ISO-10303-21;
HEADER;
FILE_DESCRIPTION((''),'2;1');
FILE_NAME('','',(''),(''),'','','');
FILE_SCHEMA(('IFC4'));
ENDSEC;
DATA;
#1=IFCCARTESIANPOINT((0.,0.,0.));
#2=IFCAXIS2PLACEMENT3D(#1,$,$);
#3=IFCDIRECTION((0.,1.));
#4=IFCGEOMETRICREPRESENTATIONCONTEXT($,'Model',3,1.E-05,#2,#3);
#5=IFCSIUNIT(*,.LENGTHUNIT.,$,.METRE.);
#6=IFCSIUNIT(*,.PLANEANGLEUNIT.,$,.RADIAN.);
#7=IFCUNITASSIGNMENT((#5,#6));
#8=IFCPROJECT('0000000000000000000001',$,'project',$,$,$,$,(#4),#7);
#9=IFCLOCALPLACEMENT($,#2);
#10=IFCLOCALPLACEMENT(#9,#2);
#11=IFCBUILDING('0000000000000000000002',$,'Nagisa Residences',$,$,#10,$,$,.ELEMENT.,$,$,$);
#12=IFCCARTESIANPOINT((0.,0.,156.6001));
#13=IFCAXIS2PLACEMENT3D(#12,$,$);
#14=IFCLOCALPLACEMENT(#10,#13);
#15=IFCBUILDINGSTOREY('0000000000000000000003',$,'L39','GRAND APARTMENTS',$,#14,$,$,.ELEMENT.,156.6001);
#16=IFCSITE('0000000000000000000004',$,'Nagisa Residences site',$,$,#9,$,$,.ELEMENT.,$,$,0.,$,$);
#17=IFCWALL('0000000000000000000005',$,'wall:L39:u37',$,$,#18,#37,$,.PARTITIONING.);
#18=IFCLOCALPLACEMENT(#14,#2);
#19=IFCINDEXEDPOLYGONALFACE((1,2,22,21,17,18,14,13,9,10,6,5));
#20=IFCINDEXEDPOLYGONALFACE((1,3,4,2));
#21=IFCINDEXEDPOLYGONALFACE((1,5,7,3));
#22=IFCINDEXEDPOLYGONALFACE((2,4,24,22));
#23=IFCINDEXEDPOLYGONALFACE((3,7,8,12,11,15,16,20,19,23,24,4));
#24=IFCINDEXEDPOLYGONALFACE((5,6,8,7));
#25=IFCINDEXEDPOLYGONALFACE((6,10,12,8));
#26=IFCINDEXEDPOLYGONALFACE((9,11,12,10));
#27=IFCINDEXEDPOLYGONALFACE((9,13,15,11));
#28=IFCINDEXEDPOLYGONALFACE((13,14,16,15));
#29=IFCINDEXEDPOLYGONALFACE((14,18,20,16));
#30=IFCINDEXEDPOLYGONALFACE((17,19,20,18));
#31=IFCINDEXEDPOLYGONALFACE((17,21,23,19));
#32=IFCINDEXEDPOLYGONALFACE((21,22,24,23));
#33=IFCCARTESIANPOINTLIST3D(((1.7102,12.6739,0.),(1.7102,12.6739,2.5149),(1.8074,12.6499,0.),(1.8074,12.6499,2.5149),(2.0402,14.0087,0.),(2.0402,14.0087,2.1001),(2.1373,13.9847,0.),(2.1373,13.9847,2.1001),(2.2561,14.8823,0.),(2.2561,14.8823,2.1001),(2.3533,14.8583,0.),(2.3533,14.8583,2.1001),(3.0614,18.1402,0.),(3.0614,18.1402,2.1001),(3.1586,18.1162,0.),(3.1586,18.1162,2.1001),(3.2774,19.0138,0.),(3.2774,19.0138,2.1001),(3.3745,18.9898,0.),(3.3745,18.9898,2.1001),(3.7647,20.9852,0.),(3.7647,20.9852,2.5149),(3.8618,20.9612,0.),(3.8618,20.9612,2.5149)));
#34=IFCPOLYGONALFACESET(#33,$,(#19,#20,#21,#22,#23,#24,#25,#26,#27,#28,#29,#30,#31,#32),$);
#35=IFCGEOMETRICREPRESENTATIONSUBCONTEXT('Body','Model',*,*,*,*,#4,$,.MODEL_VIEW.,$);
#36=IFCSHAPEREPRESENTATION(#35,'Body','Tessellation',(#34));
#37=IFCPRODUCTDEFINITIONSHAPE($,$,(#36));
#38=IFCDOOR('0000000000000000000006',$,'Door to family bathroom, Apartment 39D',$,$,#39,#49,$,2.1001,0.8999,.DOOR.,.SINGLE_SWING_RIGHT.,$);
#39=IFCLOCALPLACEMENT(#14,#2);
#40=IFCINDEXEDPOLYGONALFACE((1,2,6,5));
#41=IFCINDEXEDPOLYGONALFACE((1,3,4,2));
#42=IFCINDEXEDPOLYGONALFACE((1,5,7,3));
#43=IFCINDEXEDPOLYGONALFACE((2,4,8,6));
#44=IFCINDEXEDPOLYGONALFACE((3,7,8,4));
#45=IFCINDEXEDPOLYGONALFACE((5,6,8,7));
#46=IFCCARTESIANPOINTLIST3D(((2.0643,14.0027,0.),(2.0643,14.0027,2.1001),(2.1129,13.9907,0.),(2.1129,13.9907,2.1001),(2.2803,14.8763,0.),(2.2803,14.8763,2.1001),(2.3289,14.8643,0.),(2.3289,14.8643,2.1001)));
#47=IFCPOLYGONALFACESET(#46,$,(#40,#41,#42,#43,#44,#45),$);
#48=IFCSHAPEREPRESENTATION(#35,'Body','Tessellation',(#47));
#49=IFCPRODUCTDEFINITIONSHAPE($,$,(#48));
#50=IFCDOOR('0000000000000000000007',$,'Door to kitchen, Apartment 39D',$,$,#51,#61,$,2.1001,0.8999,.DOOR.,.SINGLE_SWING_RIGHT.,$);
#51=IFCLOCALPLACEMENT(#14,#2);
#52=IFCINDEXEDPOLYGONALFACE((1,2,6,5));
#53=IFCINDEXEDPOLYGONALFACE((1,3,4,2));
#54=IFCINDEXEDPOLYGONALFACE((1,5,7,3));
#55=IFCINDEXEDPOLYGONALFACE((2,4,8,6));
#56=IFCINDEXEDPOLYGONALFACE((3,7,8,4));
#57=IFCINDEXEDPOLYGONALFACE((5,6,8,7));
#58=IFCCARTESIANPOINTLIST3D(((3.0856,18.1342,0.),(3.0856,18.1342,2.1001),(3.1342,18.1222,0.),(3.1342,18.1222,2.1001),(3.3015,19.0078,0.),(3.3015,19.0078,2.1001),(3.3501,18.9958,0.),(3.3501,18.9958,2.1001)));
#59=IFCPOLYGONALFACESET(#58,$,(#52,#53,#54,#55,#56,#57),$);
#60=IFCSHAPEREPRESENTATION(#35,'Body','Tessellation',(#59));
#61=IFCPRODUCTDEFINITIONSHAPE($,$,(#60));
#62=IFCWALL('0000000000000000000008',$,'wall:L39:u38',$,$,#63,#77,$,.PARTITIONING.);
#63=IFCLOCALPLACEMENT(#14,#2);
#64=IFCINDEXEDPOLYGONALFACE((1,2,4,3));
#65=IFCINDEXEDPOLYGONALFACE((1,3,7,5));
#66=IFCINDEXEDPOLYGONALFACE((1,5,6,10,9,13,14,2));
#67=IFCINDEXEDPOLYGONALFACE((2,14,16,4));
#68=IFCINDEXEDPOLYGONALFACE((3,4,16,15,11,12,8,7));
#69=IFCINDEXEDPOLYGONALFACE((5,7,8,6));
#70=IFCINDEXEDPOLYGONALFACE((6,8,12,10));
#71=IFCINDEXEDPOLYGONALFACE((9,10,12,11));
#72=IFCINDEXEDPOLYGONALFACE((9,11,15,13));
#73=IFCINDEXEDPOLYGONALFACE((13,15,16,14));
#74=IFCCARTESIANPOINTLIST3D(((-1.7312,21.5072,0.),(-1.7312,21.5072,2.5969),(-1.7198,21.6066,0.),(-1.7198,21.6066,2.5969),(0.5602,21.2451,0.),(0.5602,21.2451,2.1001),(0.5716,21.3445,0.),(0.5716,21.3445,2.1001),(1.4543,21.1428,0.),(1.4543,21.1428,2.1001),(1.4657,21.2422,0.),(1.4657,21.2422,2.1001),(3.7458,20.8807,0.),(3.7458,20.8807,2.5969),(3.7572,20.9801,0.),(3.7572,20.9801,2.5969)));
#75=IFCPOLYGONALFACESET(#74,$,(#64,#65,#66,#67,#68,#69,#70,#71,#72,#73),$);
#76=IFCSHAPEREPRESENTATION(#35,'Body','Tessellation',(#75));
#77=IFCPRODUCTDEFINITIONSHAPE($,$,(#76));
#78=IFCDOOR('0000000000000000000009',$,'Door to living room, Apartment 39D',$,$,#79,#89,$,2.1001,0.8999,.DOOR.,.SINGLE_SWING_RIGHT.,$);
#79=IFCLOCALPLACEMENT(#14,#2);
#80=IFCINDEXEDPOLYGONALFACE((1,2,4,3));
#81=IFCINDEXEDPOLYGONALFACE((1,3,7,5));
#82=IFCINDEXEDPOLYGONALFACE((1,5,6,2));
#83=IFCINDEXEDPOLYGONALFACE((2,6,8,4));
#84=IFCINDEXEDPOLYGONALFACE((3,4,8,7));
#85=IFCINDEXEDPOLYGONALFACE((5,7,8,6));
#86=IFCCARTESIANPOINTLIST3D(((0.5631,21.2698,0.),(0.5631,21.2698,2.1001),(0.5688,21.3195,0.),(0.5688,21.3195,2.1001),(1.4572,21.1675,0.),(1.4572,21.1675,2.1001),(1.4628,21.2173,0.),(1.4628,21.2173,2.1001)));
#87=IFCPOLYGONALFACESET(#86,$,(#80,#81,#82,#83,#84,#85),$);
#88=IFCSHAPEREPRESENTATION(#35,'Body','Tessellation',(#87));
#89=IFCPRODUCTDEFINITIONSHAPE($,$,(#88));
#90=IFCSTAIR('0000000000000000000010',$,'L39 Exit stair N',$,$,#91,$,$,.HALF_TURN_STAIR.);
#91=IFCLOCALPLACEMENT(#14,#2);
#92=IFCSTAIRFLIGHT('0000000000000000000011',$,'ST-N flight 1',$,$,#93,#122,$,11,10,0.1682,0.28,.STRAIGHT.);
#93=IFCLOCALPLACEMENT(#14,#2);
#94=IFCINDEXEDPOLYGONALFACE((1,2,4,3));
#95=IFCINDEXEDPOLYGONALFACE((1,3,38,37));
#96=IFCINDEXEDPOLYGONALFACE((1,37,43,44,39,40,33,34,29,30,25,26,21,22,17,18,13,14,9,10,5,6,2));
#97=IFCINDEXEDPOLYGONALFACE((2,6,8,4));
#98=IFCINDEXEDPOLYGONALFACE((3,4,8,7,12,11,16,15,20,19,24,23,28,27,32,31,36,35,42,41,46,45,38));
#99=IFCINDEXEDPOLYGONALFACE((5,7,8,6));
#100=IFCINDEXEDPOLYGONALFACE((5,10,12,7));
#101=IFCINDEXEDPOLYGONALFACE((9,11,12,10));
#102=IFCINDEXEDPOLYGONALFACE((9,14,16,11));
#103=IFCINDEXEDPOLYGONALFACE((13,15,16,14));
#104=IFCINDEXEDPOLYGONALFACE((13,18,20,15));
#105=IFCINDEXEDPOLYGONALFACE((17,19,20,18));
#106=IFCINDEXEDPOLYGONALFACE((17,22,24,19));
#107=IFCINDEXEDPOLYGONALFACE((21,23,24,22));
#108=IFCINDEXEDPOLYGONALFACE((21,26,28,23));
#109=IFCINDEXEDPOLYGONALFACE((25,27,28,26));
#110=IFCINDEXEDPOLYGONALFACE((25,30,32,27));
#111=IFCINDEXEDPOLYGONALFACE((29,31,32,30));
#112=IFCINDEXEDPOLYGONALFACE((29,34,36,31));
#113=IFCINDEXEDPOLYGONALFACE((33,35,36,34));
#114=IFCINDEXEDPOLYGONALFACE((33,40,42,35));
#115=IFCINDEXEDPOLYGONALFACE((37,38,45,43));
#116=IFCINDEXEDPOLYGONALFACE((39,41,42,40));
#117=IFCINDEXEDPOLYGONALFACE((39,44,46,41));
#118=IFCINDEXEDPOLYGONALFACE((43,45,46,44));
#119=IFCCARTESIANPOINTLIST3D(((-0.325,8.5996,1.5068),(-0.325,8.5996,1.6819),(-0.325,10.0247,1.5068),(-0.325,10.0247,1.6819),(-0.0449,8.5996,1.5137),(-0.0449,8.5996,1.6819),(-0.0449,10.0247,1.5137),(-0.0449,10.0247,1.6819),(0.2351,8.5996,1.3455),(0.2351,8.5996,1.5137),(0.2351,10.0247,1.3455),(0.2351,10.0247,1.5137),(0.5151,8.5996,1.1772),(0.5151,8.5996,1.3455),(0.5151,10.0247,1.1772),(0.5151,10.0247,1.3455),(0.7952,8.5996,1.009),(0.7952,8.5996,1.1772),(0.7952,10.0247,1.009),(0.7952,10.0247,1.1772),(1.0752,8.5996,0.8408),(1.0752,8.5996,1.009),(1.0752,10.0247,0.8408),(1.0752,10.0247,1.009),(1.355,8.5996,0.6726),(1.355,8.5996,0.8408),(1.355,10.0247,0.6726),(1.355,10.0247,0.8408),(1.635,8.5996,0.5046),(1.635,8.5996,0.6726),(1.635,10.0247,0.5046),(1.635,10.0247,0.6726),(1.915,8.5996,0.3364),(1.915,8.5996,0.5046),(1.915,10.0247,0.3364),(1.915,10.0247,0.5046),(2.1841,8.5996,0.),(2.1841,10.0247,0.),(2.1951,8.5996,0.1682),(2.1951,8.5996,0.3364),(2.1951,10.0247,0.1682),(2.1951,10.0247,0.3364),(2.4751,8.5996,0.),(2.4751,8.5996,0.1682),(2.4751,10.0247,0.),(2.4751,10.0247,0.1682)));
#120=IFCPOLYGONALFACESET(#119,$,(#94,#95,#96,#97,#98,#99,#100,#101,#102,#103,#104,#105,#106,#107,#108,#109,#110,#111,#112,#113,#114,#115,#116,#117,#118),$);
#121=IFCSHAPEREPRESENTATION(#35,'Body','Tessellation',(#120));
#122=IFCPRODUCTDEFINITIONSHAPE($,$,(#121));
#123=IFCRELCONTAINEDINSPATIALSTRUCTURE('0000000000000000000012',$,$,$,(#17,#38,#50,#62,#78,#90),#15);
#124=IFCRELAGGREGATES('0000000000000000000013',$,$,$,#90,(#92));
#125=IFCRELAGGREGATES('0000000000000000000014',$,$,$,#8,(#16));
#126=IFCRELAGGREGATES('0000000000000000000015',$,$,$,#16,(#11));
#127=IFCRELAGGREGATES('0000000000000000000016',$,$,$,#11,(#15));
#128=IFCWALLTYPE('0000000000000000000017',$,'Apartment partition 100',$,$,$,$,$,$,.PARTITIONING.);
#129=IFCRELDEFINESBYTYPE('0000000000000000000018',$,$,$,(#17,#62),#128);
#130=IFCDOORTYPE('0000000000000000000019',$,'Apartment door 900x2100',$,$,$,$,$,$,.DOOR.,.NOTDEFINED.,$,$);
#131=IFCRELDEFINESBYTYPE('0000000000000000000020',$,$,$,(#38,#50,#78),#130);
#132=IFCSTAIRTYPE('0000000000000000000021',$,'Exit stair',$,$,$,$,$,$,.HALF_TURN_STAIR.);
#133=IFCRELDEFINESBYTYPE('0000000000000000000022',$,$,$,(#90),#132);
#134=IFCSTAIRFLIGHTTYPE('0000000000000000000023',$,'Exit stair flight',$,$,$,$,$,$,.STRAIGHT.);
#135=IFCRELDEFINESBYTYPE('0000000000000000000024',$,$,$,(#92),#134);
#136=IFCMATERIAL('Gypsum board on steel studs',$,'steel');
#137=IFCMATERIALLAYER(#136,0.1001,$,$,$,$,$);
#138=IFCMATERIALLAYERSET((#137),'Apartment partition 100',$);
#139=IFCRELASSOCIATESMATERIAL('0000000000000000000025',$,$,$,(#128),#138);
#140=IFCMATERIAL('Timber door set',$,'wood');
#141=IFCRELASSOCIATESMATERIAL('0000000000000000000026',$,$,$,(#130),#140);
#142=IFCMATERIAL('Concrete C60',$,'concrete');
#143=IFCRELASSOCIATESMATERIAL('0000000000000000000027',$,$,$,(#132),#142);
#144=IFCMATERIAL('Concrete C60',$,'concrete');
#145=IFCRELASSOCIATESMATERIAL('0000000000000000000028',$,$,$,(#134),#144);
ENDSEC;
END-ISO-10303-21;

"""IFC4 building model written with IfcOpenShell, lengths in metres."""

from ifc_helpers import new_model, si_unit, direction, frame, frame_2d, origin, place, context, subcontext, project, spatial, polyline, rectangle, outline, extrude, material, layer, layer_set, type_object, element, fill, aggregate, save


model = new_model("IFC4")

# Units and contexts
model_context = context("Model", 3, precision=1e-05, world=origin(), true_north=direction((0.0, 1.0)))
body_context = subcontext(model_context, "Body", "Model", "MODEL_VIEW")
ifc_project = project(units=[si_unit("LENGTHUNIT", "METRE"), si_unit("PLANEANGLEUNIT", "RADIAN")], contexts=[model_context])

# Site, building, storey
site_placement = place(None, origin())
site = spatial("IfcSite", under=ifc_project, at=site_placement, Name="Nagisa Residences site", CompositionType="ELEMENT", RefElevation=0.0)
building_placement = place(site_placement, origin())
building = spatial("IfcBuilding", under=site, at=building_placement, Name="Nagisa Residences", CompositionType="ELEMENT")
storey_placement = place(building_placement, frame((0.0, 0.0, 156.6001)))
storey = spatial("IfcBuildingStorey", under=building, at=storey_placement, Name="L39", Description="GRAND APARTMENTS", CompositionType="ELEMENT", Elevation=156.6001)

# Shared definitions
ifc_material_1 = material(Name="Gypsum board on steel studs", Category="steel")
ifc_layer_1 = layer(ifc_material_1, 0.1001)
ifc_layer_set_1 = layer_set([ifc_layer_1], Name="Apartment partition 100")
wall_type_1 = type_object("IfcWallType", Name="Apartment partition 100", PredefinedType="PARTITIONING", material=ifc_layer_set_1)

# Wall, openings, doors
wall_1_placement = place(storey_placement, frame((1.7588, 12.6619, 0.0), z_axis=(0.0, 0.0, 1.0), x_axis=(0.239965, 0.970782, 0.0)))
wall_1 = element("IfcWall", 1, at=wall_1_placement, inside=storey, type_object=wall_type_1, Name="wall:L39:u37", PredefinedType="PARTITIONING", context=body_context, shape_type="SweptSolid", body=[
    extrude(rectangle(XDim=8.5615, YDim=0.1001, at=frame_2d((4.2808, 0.0))), origin(), (0.0, 0.0, 1.0), 2.5149),
])
opening_1_placement = place(wall_1_placement, frame((1.375, 0.0, 0.0)))
opening_1 = element("IfcOpeningElement", 2, at=opening_1_placement, cuts=wall_1, PredefinedType="OPENING", context=body_context, shape_type="SweptSolid", body=[
    extrude(rectangle(XDim=0.8999, YDim=2.1001, at=frame_2d((0.45, 1.05))), frame((0.0, 0.0601, 0.0), z_axis=(0.0, -1.0, 0.0), x_axis=(1.0, 0.0, 0.0)), (0.0, 0.0, 1.0), 0.1201),
])
opening_2_placement = place(wall_1_placement, frame((5.6309, 0.0, 0.0)))
opening_2 = element("IfcOpeningElement", 3, at=opening_2_placement, cuts=wall_1, PredefinedType="OPENING", context=body_context, shape_type="SweptSolid", body=[
    extrude(rectangle(XDim=0.8999, YDim=2.1001, at=frame_2d((0.45, 1.05))), frame((0.0, 0.0601, 0.0), z_axis=(0.0, -1.0, 0.0), x_axis=(1.0, 0.0, 0.0)), (0.0, 0.0, 1.0), 0.1201),
])
ifc_material_2 = material(Name="Timber door set", Category="wood")
door_type_1 = type_object("IfcDoorType", Name="Apartment door 900x2100", OperationType="NOTDEFINED", PredefinedType="DOOR", material=ifc_material_2)
door_1_placement = place(opening_1_placement, frame((0.8999, 0.0, 0.0), x_axis=(-1.0, 0.0, 0.0)))
door_1 = element("IfcDoor", 4, at=door_1_placement, inside=storey, type_object=door_type_1, Name="Door to family bathroom, Apartment 39D", OperationType="SINGLE_SWING_RIGHT", OverallHeight=2.1001, OverallWidth=0.8999, PredefinedType="DOOR", context=body_context, shape_type="SweptSolid", body=[
    extrude(rectangle(XDim=0.8999, YDim=2.1001, at=frame_2d((0.45, 1.05))), frame((0.0, 0.0249, 0.0), z_axis=(0.0, -1.0, 0.0), x_axis=(1.0, 0.0, 0.0)), (0.0, 0.0, 1.0), 0.05),
])
fill(opening_1, door_1)
door_2_placement = place(opening_2_placement, frame((0.8999, 0.0, 0.0), x_axis=(-1.0, 0.0, 0.0)))
door_2 = element("IfcDoor", 5, at=door_2_placement, inside=storey, type_object=door_type_1, Name="Door to kitchen, Apartment 39D", OperationType="SINGLE_SWING_RIGHT", OverallHeight=2.1001, OverallWidth=0.8999, PredefinedType="DOOR", context=body_context, shape_type="SweptSolid", body=[
    extrude(rectangle(XDim=0.8999, YDim=2.1001, at=frame_2d((0.45, 1.05))), frame((0.0, 0.0249, 0.0), z_axis=(0.0, -1.0, 0.0), x_axis=(1.0, 0.0, 0.0)), (0.0, 0.0, 1.0), 0.05),
])
fill(opening_2, door_2)

# Wall, opening, door
wall_2_placement = place(storey_placement, frame((3.7515, 20.9304, 0.0), z_axis=(0.0, 0.0, 1.0), x_axis=(-0.993522, 0.113639, 0.0)))
wall_2 = element("IfcWall", 6, at=wall_2_placement, inside=storey, type_object=wall_type_1, Name="wall:L39:u38", PredefinedType="PARTITIONING", context=body_context, shape_type="SweptSolid", body=[
    extrude(rectangle(XDim=5.5127, YDim=0.1001, at=frame_2d((2.7563, 0.0))), origin(), (0.0, 0.0, 1.0), 2.5969),
])
opening_3_placement = place(wall_2_placement, frame((2.3064, 0.0, 0.0)))
opening_3 = element("IfcOpeningElement", 7, at=opening_3_placement, cuts=wall_2, PredefinedType="OPENING", context=body_context, shape_type="SweptSolid", body=[
    extrude(rectangle(XDim=0.8999, YDim=2.1001, at=frame_2d((0.45, 1.05))), frame((0.0, 0.0601, 0.0), z_axis=(0.0, -1.0, 0.0), x_axis=(1.0, 0.0, 0.0)), (0.0, 0.0, 1.0), 0.1201),
])
door_3_placement = place(opening_3_placement, frame((0.8999, 0.0, 0.0), x_axis=(-1.0, 0.0, 0.0)))
door_3 = element("IfcDoor", 8, at=door_3_placement, inside=storey, type_object=door_type_1, Name="Door to living room, Apartment 39D", OperationType="SINGLE_SWING_RIGHT", OverallHeight=2.1001, OverallWidth=0.8999, PredefinedType="DOOR", context=body_context, shape_type="SweptSolid", body=[
    extrude(rectangle(XDim=0.8999, YDim=2.1001, at=frame_2d((0.45, 1.05))), frame((0.0, 0.0249, 0.0), z_axis=(0.0, -1.0, 0.0), x_axis=(1.0, 0.0, 0.0)), (0.0, 0.0, 1.0), 0.05),
])
fill(opening_3, door_3)

# Stair, stair flight
ifc_material_3 = material(Name="Concrete C60", Category="concrete")
stair_type = type_object("IfcStairType", Name="Exit stair", PredefinedType="HALF_TURN_STAIR", material=ifc_material_3)
stair_placement = place(storey_placement, origin())
stair = element("IfcStair", 9, at=stair_placement, inside=storey, type_object=stair_type, Name="L39 Exit stair N", PredefinedType="HALF_TURN_STAIR")
ifc_material_4 = material(Name="Concrete C60", Category="concrete")
stair_flight_type = type_object("IfcStairFlightType", Name="Exit stair flight", PredefinedType="STRAIGHT", material=ifc_material_4)
stair_flight_placement = place(storey_placement, frame((2.4751, 9.312, 0.0), z_axis=(0.0, 0.0, 1.0), x_axis=(-1.0, 0.0, 0.0)))
stair_flight = element("IfcStairFlight", 10, at=stair_flight_placement, type_object=stair_flight_type, Name="ST-N flight 1", NumberOfRisers=11, NumberOfTreads=10, PredefinedType="STRAIGHT", RiserHeight=0.1682, TreadLength=0.28, context=body_context, shape_type="SweptSolid", body=[
    extrude(outline(polyline([(0.0, 0.0), (0.0, 0.1682), (0.28, 0.1682), (0.28, 0.3364), (0.5601, 0.3364), (0.5601, 0.5046), (0.8401, 0.5046), (0.8401, 0.6726), (1.1201, 0.6726), (1.1201, 0.8408), (1.3999, 0.8408), (1.3999, 1.009), (1.6799, 1.009), (1.6799, 1.1772), (1.96, 1.1772), (1.96, 1.3455), (2.24, 1.3455), (2.24, 1.5137), (2.52, 1.5137), (2.52, 1.6819), (2.8, 1.6819), (2.8, 1.8501), (2.8, 1.5068), (0.291, 0.0), (0.0, 0.0)])), frame((0.0, 0.7124, 0.0), z_axis=(0.0, -1.0, 0.0), x_axis=(1.0, 0.0, 0.0)), (0.0, 0.0, 1.0), 1.425),
])
aggregate(stair, [stair_flight])

save(model, "model.ifc")
